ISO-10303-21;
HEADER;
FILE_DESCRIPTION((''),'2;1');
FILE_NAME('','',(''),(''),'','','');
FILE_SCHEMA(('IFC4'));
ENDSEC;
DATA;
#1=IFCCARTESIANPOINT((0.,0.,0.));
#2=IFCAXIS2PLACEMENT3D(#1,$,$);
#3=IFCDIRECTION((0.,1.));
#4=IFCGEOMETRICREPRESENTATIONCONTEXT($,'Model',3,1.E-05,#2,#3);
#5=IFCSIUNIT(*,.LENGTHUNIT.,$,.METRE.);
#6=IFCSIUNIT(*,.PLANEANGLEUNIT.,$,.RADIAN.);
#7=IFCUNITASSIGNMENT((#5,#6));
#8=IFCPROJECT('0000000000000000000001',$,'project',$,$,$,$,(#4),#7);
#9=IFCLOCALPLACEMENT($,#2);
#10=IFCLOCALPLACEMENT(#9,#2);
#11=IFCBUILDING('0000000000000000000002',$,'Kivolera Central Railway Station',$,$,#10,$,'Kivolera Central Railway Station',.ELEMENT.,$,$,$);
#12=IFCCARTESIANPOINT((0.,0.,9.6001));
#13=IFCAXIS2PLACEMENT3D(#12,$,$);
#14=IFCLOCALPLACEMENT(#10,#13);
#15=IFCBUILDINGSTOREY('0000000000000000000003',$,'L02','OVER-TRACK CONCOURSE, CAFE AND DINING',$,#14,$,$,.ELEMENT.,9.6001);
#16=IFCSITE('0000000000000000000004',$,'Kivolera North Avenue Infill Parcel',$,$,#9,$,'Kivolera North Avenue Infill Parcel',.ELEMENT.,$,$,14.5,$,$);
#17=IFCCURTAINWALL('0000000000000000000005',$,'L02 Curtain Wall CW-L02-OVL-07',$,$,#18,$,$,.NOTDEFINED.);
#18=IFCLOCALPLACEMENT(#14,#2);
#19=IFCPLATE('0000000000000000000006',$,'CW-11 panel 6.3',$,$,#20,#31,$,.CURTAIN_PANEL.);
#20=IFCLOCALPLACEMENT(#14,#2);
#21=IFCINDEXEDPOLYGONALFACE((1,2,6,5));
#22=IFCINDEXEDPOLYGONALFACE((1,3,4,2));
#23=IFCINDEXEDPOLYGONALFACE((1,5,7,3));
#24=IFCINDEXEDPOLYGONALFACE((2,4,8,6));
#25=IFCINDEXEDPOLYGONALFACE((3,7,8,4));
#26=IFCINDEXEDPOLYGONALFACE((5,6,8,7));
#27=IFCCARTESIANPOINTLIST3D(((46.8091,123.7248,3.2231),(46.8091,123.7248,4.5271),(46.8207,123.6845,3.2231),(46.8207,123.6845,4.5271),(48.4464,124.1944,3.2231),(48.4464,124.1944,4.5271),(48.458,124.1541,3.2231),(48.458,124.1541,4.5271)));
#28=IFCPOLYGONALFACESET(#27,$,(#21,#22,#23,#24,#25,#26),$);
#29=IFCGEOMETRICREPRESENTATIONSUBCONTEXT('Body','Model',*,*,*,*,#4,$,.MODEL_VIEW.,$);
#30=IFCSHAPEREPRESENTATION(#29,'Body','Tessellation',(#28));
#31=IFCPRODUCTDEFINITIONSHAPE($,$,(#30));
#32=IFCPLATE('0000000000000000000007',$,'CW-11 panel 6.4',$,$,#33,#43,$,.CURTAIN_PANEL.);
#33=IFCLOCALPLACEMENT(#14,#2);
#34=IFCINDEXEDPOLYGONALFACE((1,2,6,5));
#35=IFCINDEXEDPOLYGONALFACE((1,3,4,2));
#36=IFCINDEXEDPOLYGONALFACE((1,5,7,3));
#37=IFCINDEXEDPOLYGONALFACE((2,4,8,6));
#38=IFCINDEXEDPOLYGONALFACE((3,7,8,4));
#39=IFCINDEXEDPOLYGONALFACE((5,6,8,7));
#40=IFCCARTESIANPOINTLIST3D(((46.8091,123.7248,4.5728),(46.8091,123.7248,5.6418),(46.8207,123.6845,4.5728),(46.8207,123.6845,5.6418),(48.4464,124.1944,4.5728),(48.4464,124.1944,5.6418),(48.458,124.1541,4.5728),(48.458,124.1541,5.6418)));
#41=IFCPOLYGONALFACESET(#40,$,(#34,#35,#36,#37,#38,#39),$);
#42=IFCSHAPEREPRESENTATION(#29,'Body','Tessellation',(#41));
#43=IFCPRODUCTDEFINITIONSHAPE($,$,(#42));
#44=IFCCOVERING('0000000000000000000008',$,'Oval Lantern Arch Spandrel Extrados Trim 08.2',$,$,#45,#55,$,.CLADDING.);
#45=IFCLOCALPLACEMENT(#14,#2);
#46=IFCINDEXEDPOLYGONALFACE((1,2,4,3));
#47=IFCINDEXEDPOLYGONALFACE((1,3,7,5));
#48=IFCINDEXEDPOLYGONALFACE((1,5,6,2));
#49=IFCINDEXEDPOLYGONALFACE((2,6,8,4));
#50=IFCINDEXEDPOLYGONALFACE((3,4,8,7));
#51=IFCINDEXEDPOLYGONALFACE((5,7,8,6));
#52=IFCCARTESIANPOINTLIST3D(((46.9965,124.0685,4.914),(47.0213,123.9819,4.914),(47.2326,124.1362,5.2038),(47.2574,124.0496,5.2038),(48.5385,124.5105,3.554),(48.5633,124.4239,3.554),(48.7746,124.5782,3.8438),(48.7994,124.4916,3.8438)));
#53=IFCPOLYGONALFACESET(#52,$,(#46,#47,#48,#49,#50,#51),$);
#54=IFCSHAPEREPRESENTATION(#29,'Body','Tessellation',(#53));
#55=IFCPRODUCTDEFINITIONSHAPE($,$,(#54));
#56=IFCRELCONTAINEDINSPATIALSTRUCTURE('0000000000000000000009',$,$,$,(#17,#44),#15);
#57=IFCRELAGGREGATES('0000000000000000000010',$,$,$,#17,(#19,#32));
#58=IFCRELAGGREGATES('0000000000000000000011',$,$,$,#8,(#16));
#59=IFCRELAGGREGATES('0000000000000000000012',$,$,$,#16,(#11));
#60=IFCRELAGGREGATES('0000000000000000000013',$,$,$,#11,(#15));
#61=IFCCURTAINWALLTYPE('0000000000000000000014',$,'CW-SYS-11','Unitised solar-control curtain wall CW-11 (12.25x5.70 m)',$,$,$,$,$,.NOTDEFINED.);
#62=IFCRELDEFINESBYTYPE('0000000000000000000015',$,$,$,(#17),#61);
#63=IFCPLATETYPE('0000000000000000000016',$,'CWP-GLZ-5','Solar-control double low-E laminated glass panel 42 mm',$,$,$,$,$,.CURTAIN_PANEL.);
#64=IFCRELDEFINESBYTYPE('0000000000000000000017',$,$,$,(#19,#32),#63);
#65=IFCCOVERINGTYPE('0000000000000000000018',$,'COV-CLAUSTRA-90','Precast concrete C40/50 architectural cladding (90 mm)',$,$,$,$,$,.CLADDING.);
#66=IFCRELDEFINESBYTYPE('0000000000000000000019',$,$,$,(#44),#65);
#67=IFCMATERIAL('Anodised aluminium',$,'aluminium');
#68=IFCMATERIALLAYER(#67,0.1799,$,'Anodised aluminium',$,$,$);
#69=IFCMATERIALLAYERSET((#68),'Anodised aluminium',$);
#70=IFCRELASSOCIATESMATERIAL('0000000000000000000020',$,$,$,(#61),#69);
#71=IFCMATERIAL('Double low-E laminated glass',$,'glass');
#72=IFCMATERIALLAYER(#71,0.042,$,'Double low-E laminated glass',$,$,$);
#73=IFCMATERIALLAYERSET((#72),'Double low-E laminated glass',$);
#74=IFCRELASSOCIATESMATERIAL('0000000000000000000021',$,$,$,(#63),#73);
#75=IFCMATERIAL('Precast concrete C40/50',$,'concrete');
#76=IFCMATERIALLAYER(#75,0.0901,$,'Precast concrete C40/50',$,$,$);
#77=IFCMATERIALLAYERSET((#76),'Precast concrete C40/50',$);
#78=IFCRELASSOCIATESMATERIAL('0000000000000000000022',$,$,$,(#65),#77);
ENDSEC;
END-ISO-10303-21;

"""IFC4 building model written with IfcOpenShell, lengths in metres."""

from ifc_helpers import new_model, si_unit, direction, frame, origin, origin_2d, place, context, subcontext, project, spatial, rectangle, extrude, material, layer, layer_set, type_object, element, aggregate, save


model = new_model("IFC4")

# Units and contexts
model_context = context("Model", 3, precision=1e-05, world=origin(), true_north=direction((0.0, 1.0)))
body_context = subcontext(model_context, "Body", "Model", "MODEL_VIEW")
ifc_project = project(units=[si_unit("LENGTHUNIT", "METRE"), si_unit("PLANEANGLEUNIT", "RADIAN")], contexts=[model_context])

# Site, building, storey
site_placement = place(None, origin())
site = spatial("IfcSite", under=ifc_project, at=site_placement, Name="Kivolera North Avenue Infill Parcel", LongName="Kivolera North Avenue Infill Parcel", CompositionType="ELEMENT", RefElevation=14.5)
building_placement = place(site_placement, origin())
building = spatial("IfcBuilding", under=site, at=building_placement, Name="Kivolera Central Railway Station", LongName="Kivolera Central Railway Station", CompositionType="ELEMENT")
storey_placement = place(building_placement, frame((0.0, 0.0, 9.6001)))
storey = spatial("IfcBuildingStorey", under=building, at=storey_placement, Name="L02", Description="OVER-TRACK CONCOURSE, CAFE AND DINING", CompositionType="ELEMENT", Elevation=9.6001)

# Curtain wall, plates
ifc_material_1 = material(Name="Anodised aluminium", Category="aluminium")
ifc_layer_1 = layer(ifc_material_1, 0.1799, Name="Anodised aluminium")
ifc_layer_set_1 = layer_set([ifc_layer_1], Name="Anodised aluminium")
curtain_wall_type = type_object("IfcCurtainWallType", Name="CW-SYS-11", Description="Unitised solar-control curtain wall CW-11 (12.25x5.70 m)", PredefinedType="NOTDEFINED", material=ifc_layer_set_1)
curtain_wall_placement = place(storey_placement, origin())
curtain_wall = element("IfcCurtainWall", 1, at=curtain_wall_placement, inside=storey, type_object=curtain_wall_type, Name="L02 Curtain Wall CW-L02-OVL-07", PredefinedType="NOTDEFINED")
ifc_material_2 = material(Name="Double low-E laminated glass", Category="glass")
ifc_layer_2 = layer(ifc_material_2, 0.042, Name="Double low-E laminated glass")
ifc_layer_set_2 = layer_set([ifc_layer_2], Name="Double low-E laminated glass")
plate_type = type_object("IfcPlateType", Name="CWP-GLZ-5", Description="Solar-control double low-E laminated glass panel 42 mm", PredefinedType="CURTAIN_PANEL", material=ifc_layer_set_2)
plate_1_placement = place(storey_placement, frame((47.6335, 123.9395, 3.2231), z_axis=(0.0, 0.0, 1.0), x_axis=(0.961246, 0.275692, 0.0)))
plate_1 = element("IfcPlate", 2, at=plate_1_placement, type_object=plate_type, Name="CW-11 panel 6.3", PredefinedType="CURTAIN_PANEL", context=body_context, shape_type="SweptSolid", body=[
    extrude(rectangle(XDim=1.7034, YDim=0.042, at=origin_2d()), origin(), (0.0, 0.0, 1.0), 1.304),
])
plate_2_placement = place(storey_placement, frame((47.6335, 123.9395, 4.5728), z_axis=(0.0, 0.0, 1.0), x_axis=(0.961246, 0.275692, 0.0)))
plate_2 = element("IfcPlate", 3, at=plate_2_placement, type_object=plate_type, Name="CW-11 panel 6.4", PredefinedType="CURTAIN_PANEL", context=body_context, shape_type="SweptSolid", body=[
    extrude(rectangle(XDim=1.7034, YDim=0.042, at=origin_2d()), origin(), (0.0, 0.0, 1.0), 1.0691),
])
aggregate(curtain_wall, [plate_1, plate_2])

# Covering
ifc_material_3 = material(Name="Precast concrete C40/50", Category="concrete")
ifc_layer_3 = layer(ifc_material_3, 0.0901, Name="Precast concrete C40/50")
ifc_layer_set_3 = layer_set([ifc_layer_3], Name="Precast concrete C40/50")
covering_type = type_object("IfcCoveringType", Name="COV-CLAUSTRA-90", Description="Precast concrete C40/50 architectural cladding (90 mm)", PredefinedType="CLADDING", material=ifc_layer_set_3)
covering_placement = place(storey_placement, frame((47.8979, 124.28, 4.3789), z_axis=(-0.733228, -0.210173, 0.646686), x_axis=(-0.275632, 0.961263, 0.0)))
element("IfcCovering", 4, at=covering_placement, inside=storey, type_object=covering_type, Name="Oval Lantern Arch Spandrel Extrados Trim 08.2", PredefinedType="CLADDING", context=body_context, shape_type="SweptSolid", body=[
    extrude(rectangle(XDim=0.0901, YDim=0.3799, at=origin_2d()), frame((0.0, 0.0, -1.0515)), (0.0, 0.0, 1.0), 2.103),
])

save(model, "model.ifc")
